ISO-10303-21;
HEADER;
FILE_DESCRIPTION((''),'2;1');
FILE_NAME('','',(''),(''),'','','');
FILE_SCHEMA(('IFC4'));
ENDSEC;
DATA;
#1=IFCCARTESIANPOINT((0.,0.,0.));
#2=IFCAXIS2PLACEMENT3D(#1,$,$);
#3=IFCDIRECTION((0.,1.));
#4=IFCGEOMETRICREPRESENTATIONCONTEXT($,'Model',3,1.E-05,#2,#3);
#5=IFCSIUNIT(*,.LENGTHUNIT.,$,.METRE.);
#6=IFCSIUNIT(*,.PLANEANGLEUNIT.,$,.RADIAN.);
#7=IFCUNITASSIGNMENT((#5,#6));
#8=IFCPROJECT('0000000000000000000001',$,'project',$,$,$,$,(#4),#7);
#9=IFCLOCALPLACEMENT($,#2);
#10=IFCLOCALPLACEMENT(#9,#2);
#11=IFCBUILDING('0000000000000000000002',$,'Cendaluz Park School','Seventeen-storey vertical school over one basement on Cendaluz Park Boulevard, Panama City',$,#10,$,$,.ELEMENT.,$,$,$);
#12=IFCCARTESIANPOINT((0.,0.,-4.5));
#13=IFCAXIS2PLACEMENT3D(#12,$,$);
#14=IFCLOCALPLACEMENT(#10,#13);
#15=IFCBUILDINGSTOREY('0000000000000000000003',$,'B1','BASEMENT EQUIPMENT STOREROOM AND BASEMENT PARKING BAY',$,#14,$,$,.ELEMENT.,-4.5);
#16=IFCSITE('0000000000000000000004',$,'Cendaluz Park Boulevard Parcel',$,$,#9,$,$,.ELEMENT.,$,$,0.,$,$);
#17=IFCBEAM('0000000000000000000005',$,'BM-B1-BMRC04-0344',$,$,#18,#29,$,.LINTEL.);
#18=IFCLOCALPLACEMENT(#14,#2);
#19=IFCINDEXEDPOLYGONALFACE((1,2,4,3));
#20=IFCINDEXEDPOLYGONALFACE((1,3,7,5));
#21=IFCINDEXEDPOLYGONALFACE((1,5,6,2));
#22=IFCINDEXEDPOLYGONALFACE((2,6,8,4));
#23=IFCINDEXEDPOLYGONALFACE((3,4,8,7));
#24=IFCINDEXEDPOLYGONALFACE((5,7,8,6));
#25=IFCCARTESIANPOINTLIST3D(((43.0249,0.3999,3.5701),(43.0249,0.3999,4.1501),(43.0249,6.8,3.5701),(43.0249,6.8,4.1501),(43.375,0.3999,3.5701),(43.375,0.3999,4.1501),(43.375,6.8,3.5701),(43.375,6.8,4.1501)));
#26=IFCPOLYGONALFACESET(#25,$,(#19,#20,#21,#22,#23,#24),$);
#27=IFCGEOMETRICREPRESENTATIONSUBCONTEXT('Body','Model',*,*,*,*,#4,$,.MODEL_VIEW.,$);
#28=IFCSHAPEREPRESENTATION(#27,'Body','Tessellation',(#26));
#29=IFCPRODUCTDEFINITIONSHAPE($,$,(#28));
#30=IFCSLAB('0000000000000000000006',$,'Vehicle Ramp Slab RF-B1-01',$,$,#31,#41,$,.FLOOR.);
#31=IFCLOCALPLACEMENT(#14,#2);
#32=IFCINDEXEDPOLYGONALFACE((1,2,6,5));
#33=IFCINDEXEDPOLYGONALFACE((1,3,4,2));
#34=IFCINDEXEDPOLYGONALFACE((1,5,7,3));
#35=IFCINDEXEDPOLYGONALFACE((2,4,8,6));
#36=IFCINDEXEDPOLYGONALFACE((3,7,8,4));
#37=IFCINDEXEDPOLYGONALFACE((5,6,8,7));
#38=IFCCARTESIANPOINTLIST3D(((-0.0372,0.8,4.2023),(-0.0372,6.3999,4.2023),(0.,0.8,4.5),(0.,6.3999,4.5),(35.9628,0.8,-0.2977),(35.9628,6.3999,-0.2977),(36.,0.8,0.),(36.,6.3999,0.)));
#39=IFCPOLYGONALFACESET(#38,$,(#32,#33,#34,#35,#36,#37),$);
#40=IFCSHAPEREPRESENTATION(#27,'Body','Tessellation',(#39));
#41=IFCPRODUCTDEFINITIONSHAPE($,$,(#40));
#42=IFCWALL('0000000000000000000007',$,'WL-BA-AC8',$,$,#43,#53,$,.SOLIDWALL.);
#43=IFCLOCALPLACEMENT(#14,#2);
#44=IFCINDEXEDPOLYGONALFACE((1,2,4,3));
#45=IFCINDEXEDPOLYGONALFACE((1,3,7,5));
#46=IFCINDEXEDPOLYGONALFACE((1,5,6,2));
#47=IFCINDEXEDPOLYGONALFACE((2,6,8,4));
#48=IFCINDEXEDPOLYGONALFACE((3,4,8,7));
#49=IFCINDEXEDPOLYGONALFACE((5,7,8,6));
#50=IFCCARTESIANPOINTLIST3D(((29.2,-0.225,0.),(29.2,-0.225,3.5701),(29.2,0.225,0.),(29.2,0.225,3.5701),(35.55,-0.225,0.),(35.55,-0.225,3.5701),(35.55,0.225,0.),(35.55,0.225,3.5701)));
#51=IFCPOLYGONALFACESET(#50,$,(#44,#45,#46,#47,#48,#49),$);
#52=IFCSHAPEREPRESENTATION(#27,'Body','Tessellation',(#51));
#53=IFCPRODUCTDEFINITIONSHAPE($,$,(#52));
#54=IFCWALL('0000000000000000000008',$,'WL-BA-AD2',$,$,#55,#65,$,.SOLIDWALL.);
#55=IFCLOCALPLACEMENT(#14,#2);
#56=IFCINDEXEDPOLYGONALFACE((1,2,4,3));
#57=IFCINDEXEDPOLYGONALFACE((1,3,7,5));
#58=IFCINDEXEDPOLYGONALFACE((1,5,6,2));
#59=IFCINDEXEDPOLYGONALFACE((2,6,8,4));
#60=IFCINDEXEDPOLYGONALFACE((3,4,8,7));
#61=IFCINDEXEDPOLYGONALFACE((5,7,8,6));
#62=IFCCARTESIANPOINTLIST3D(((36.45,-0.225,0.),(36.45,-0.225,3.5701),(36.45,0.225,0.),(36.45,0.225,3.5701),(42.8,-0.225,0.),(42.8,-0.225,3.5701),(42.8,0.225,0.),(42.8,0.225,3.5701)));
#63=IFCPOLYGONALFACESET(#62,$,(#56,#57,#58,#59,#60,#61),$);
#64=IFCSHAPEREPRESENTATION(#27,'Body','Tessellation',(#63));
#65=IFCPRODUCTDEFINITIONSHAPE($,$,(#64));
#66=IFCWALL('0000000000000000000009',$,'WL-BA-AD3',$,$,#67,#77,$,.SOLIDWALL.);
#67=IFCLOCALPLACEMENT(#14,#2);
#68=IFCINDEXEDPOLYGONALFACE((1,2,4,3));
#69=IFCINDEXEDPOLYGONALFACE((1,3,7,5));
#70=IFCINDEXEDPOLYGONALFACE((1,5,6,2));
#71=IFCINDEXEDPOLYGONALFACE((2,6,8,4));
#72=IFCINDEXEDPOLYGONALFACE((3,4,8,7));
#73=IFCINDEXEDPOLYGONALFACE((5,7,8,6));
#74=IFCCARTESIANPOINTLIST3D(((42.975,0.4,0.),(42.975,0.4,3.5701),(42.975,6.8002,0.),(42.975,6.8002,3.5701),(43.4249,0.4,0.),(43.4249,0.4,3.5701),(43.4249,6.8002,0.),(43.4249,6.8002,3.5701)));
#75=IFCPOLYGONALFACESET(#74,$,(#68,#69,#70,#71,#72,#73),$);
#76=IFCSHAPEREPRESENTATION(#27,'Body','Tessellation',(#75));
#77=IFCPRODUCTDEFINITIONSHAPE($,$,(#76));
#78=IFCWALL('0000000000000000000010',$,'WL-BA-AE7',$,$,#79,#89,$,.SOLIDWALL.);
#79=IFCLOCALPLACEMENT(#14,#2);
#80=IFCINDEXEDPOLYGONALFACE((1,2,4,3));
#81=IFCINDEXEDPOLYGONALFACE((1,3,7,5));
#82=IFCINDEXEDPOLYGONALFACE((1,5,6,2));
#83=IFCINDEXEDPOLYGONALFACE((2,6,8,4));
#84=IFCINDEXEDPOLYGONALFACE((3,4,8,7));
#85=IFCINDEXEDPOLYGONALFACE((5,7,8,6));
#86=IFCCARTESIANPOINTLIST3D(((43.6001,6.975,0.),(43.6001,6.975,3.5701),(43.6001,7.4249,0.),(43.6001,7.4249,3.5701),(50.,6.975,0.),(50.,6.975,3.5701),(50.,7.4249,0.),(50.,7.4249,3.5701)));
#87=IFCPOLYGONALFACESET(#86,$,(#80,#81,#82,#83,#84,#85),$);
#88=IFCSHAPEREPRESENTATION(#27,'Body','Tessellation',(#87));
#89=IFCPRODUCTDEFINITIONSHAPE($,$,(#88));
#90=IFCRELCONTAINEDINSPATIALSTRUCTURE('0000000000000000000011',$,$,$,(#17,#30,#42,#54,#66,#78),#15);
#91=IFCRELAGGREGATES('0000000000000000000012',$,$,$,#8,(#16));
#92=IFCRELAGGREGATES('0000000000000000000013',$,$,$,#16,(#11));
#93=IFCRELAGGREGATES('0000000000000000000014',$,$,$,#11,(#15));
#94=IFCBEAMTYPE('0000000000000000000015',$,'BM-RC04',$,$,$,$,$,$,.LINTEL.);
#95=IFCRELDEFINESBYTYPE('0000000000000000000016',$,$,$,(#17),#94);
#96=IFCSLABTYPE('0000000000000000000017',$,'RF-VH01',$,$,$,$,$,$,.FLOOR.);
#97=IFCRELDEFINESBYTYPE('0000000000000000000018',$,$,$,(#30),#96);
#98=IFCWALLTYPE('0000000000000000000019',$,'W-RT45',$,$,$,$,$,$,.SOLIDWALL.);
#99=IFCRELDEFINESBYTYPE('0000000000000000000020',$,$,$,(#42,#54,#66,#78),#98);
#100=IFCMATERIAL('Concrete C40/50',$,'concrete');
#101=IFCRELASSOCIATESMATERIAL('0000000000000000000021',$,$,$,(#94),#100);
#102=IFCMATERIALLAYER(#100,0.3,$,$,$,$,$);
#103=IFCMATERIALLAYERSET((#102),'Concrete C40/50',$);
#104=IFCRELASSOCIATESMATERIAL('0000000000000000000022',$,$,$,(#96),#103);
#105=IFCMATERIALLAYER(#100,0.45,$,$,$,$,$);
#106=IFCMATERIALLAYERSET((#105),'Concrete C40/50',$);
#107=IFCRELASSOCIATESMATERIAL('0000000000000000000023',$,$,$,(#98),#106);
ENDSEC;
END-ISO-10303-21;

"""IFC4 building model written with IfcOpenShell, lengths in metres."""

from ifc_helpers import new_model, si_unit, direction, frame, frame_2d, origin, origin_2d, place, context, subcontext, project, spatial, polyline, rectangle, outline, extrude, material, layer, layer_set, material_profile, profile_set, type_object, element, save


model = new_model("IFC4")

# Units and contexts
model_context = context("Model", 3, precision=1e-05, world=origin(), true_north=direction((0.0, 1.0)))
body_context = subcontext(model_context, "Body", "Model", "MODEL_VIEW")
ifc_project = project(units=[si_unit("LENGTHUNIT", "METRE"), si_unit("PLANEANGLEUNIT", "RADIAN")], contexts=[model_context])

# Site, building, storey
site_placement = place(None, origin())
site = spatial("IfcSite", under=ifc_project, at=site_placement, Name="Cendaluz Park Boulevard Parcel", CompositionType="ELEMENT", RefElevation=0.0)
building_placement = place(site_placement, origin())
building = spatial("IfcBuilding", under=site, at=building_placement, Name="Cendaluz Park School", Description="Seventeen-storey vertical school over one basement on Cendaluz Park Boulevard, Panama City", CompositionType="ELEMENT")
storey_placement = place(building_placement, frame((0.0, 0.0, -4.5)))
storey = spatial("IfcBuildingStorey", under=building, at=storey_placement, Name="B1", Description="BASEMENT EQUIPMENT STOREROOM AND BASEMENT PARKING BAY", CompositionType="ELEMENT", Elevation=-4.5)

# Shared definitions
ifc_material_1 = material(Name="Concrete C40/50", Category="concrete")

# Beam
ifc_material_profile_1 = material_profile(ifc_material_1, rectangle(XDim=0.3501, YDim=0.5801, at=origin_2d()), Name="RC 350x580", Category="concrete")
ifc_profile_set_1 = profile_set([ifc_material_profile_1], Name="Concrete C40/50")
beam_type_1 = type_object("IfcBeamType", Name="BM-RC04", PredefinedType="LINTEL", material=ifc_profile_set_1)
beam_1_placement = place(storey_placement, frame((43.2, 0.3999, 3.8601), z_axis=(0.0, 1.0, 0.0), x_axis=(-1.0, 0.0, 0.0)))
element("IfcBeam", 1, at=beam_1_placement, inside=storey, type_object=beam_type_1, Name="BM-B1-BMRC04-0344", PredefinedType="LINTEL", context=body_context, shape_type="SweptSolid", body=[
    extrude(rectangle(XDim=0.3501, YDim=0.5801, at=origin_2d()), origin(), (0.0, 0.0, 1.0), 6.4001),
])

# Slab
ifc_layer_1 = layer(ifc_material_1, 0.3)
ifc_layer_set_1 = layer_set([ifc_layer_1], Name="Concrete C40/50")
slab_type = type_object("IfcSlabType", Name="RF-VH01", PredefinedType="FLOOR", material=ifc_layer_set_1)
slab_placement = place(storey_placement, frame((36.0, 0.8, 0.0), z_axis=(0.124035, 0.0, 0.992278), x_axis=(0.0, 1.0, 0.0)))
element("IfcSlab", 2, at=slab_placement, inside=storey, type_object=slab_type, Name="Vehicle Ramp Slab RF-B1-01", PredefinedType="FLOOR", context=body_context, shape_type="SweptSolid", body=[
    extrude(outline(polyline([(0.0, 0.0), (5.5999, 0.0), (5.5999, 36.2802), (0.0, 36.2802), (0.0, 0.0)])), origin(), (0.0, 0.0, -1.0), 0.3),
])

# Walls
ifc_layer_2 = layer(ifc_material_1, 0.45)
ifc_layer_set_2 = layer_set([ifc_layer_2], Name="Concrete C40/50")
wall_type = type_object("IfcWallType", Name="W-RT45", PredefinedType="SOLIDWALL", material=ifc_layer_set_2)
for number, where, z_axis, x_axis, name in (
    (3, (29.2, 0.0, 0.0), (0.0, 0.0, 1.0), (1.0, 0.0, 0.0), "WL-BA-AC8"),
    (4, (36.45, 0.0, 0.0), (0.0, 0.0, 1.0), (1.0, 0.0, 0.0), "WL-BA-AD2"),
):
    element("IfcWall", number, at=place(storey_placement, frame(where, z_axis=z_axis, x_axis=x_axis)), inside=storey, type_object=wall_type, Name=name, PredefinedType="SOLIDWALL", context=body_context, shape_type="SweptSolid", body=[
        extrude(rectangle(XDim=6.3501, YDim=0.45, at=frame_2d((3.175, 0.0))), origin(), (0.0, 0.0, 1.0), 3.5701),
    ])
wall_1_placement = place(storey_placement, frame((43.2, 0.3999, 0.0), z_axis=(0.0, 0.0, 1.0), x_axis=(0.0, 1.0, 0.0)))
element("IfcWall", 5, at=wall_1_placement, inside=storey, type_object=wall_type, Name="WL-BA-AD3", PredefinedType="SOLIDWALL", context=body_context, shape_type="SweptSolid", body=[
    extrude(rectangle(XDim=6.4001, YDim=0.45, at=frame_2d((3.2002, 0.0))), origin(), (0.0, 0.0, 1.0), 3.5701),
])
wall_2_placement = place(storey_placement, frame((43.6001, 7.2, 0.0), z_axis=(0.0, 0.0, 1.0), x_axis=(1.0, 0.0, 0.0)))
element("IfcWall", 6, at=wall_2_placement, inside=storey, type_object=wall_type, Name="WL-BA-AE7", PredefinedType="SOLIDWALL", context=body_context, shape_type="SweptSolid", body=[
    extrude(rectangle(XDim=6.3999, YDim=0.45, at=frame_2d((3.2, 0.0))), origin(), (0.0, 0.0, 1.0), 3.5701),
])

save(model, "model.ifc")
